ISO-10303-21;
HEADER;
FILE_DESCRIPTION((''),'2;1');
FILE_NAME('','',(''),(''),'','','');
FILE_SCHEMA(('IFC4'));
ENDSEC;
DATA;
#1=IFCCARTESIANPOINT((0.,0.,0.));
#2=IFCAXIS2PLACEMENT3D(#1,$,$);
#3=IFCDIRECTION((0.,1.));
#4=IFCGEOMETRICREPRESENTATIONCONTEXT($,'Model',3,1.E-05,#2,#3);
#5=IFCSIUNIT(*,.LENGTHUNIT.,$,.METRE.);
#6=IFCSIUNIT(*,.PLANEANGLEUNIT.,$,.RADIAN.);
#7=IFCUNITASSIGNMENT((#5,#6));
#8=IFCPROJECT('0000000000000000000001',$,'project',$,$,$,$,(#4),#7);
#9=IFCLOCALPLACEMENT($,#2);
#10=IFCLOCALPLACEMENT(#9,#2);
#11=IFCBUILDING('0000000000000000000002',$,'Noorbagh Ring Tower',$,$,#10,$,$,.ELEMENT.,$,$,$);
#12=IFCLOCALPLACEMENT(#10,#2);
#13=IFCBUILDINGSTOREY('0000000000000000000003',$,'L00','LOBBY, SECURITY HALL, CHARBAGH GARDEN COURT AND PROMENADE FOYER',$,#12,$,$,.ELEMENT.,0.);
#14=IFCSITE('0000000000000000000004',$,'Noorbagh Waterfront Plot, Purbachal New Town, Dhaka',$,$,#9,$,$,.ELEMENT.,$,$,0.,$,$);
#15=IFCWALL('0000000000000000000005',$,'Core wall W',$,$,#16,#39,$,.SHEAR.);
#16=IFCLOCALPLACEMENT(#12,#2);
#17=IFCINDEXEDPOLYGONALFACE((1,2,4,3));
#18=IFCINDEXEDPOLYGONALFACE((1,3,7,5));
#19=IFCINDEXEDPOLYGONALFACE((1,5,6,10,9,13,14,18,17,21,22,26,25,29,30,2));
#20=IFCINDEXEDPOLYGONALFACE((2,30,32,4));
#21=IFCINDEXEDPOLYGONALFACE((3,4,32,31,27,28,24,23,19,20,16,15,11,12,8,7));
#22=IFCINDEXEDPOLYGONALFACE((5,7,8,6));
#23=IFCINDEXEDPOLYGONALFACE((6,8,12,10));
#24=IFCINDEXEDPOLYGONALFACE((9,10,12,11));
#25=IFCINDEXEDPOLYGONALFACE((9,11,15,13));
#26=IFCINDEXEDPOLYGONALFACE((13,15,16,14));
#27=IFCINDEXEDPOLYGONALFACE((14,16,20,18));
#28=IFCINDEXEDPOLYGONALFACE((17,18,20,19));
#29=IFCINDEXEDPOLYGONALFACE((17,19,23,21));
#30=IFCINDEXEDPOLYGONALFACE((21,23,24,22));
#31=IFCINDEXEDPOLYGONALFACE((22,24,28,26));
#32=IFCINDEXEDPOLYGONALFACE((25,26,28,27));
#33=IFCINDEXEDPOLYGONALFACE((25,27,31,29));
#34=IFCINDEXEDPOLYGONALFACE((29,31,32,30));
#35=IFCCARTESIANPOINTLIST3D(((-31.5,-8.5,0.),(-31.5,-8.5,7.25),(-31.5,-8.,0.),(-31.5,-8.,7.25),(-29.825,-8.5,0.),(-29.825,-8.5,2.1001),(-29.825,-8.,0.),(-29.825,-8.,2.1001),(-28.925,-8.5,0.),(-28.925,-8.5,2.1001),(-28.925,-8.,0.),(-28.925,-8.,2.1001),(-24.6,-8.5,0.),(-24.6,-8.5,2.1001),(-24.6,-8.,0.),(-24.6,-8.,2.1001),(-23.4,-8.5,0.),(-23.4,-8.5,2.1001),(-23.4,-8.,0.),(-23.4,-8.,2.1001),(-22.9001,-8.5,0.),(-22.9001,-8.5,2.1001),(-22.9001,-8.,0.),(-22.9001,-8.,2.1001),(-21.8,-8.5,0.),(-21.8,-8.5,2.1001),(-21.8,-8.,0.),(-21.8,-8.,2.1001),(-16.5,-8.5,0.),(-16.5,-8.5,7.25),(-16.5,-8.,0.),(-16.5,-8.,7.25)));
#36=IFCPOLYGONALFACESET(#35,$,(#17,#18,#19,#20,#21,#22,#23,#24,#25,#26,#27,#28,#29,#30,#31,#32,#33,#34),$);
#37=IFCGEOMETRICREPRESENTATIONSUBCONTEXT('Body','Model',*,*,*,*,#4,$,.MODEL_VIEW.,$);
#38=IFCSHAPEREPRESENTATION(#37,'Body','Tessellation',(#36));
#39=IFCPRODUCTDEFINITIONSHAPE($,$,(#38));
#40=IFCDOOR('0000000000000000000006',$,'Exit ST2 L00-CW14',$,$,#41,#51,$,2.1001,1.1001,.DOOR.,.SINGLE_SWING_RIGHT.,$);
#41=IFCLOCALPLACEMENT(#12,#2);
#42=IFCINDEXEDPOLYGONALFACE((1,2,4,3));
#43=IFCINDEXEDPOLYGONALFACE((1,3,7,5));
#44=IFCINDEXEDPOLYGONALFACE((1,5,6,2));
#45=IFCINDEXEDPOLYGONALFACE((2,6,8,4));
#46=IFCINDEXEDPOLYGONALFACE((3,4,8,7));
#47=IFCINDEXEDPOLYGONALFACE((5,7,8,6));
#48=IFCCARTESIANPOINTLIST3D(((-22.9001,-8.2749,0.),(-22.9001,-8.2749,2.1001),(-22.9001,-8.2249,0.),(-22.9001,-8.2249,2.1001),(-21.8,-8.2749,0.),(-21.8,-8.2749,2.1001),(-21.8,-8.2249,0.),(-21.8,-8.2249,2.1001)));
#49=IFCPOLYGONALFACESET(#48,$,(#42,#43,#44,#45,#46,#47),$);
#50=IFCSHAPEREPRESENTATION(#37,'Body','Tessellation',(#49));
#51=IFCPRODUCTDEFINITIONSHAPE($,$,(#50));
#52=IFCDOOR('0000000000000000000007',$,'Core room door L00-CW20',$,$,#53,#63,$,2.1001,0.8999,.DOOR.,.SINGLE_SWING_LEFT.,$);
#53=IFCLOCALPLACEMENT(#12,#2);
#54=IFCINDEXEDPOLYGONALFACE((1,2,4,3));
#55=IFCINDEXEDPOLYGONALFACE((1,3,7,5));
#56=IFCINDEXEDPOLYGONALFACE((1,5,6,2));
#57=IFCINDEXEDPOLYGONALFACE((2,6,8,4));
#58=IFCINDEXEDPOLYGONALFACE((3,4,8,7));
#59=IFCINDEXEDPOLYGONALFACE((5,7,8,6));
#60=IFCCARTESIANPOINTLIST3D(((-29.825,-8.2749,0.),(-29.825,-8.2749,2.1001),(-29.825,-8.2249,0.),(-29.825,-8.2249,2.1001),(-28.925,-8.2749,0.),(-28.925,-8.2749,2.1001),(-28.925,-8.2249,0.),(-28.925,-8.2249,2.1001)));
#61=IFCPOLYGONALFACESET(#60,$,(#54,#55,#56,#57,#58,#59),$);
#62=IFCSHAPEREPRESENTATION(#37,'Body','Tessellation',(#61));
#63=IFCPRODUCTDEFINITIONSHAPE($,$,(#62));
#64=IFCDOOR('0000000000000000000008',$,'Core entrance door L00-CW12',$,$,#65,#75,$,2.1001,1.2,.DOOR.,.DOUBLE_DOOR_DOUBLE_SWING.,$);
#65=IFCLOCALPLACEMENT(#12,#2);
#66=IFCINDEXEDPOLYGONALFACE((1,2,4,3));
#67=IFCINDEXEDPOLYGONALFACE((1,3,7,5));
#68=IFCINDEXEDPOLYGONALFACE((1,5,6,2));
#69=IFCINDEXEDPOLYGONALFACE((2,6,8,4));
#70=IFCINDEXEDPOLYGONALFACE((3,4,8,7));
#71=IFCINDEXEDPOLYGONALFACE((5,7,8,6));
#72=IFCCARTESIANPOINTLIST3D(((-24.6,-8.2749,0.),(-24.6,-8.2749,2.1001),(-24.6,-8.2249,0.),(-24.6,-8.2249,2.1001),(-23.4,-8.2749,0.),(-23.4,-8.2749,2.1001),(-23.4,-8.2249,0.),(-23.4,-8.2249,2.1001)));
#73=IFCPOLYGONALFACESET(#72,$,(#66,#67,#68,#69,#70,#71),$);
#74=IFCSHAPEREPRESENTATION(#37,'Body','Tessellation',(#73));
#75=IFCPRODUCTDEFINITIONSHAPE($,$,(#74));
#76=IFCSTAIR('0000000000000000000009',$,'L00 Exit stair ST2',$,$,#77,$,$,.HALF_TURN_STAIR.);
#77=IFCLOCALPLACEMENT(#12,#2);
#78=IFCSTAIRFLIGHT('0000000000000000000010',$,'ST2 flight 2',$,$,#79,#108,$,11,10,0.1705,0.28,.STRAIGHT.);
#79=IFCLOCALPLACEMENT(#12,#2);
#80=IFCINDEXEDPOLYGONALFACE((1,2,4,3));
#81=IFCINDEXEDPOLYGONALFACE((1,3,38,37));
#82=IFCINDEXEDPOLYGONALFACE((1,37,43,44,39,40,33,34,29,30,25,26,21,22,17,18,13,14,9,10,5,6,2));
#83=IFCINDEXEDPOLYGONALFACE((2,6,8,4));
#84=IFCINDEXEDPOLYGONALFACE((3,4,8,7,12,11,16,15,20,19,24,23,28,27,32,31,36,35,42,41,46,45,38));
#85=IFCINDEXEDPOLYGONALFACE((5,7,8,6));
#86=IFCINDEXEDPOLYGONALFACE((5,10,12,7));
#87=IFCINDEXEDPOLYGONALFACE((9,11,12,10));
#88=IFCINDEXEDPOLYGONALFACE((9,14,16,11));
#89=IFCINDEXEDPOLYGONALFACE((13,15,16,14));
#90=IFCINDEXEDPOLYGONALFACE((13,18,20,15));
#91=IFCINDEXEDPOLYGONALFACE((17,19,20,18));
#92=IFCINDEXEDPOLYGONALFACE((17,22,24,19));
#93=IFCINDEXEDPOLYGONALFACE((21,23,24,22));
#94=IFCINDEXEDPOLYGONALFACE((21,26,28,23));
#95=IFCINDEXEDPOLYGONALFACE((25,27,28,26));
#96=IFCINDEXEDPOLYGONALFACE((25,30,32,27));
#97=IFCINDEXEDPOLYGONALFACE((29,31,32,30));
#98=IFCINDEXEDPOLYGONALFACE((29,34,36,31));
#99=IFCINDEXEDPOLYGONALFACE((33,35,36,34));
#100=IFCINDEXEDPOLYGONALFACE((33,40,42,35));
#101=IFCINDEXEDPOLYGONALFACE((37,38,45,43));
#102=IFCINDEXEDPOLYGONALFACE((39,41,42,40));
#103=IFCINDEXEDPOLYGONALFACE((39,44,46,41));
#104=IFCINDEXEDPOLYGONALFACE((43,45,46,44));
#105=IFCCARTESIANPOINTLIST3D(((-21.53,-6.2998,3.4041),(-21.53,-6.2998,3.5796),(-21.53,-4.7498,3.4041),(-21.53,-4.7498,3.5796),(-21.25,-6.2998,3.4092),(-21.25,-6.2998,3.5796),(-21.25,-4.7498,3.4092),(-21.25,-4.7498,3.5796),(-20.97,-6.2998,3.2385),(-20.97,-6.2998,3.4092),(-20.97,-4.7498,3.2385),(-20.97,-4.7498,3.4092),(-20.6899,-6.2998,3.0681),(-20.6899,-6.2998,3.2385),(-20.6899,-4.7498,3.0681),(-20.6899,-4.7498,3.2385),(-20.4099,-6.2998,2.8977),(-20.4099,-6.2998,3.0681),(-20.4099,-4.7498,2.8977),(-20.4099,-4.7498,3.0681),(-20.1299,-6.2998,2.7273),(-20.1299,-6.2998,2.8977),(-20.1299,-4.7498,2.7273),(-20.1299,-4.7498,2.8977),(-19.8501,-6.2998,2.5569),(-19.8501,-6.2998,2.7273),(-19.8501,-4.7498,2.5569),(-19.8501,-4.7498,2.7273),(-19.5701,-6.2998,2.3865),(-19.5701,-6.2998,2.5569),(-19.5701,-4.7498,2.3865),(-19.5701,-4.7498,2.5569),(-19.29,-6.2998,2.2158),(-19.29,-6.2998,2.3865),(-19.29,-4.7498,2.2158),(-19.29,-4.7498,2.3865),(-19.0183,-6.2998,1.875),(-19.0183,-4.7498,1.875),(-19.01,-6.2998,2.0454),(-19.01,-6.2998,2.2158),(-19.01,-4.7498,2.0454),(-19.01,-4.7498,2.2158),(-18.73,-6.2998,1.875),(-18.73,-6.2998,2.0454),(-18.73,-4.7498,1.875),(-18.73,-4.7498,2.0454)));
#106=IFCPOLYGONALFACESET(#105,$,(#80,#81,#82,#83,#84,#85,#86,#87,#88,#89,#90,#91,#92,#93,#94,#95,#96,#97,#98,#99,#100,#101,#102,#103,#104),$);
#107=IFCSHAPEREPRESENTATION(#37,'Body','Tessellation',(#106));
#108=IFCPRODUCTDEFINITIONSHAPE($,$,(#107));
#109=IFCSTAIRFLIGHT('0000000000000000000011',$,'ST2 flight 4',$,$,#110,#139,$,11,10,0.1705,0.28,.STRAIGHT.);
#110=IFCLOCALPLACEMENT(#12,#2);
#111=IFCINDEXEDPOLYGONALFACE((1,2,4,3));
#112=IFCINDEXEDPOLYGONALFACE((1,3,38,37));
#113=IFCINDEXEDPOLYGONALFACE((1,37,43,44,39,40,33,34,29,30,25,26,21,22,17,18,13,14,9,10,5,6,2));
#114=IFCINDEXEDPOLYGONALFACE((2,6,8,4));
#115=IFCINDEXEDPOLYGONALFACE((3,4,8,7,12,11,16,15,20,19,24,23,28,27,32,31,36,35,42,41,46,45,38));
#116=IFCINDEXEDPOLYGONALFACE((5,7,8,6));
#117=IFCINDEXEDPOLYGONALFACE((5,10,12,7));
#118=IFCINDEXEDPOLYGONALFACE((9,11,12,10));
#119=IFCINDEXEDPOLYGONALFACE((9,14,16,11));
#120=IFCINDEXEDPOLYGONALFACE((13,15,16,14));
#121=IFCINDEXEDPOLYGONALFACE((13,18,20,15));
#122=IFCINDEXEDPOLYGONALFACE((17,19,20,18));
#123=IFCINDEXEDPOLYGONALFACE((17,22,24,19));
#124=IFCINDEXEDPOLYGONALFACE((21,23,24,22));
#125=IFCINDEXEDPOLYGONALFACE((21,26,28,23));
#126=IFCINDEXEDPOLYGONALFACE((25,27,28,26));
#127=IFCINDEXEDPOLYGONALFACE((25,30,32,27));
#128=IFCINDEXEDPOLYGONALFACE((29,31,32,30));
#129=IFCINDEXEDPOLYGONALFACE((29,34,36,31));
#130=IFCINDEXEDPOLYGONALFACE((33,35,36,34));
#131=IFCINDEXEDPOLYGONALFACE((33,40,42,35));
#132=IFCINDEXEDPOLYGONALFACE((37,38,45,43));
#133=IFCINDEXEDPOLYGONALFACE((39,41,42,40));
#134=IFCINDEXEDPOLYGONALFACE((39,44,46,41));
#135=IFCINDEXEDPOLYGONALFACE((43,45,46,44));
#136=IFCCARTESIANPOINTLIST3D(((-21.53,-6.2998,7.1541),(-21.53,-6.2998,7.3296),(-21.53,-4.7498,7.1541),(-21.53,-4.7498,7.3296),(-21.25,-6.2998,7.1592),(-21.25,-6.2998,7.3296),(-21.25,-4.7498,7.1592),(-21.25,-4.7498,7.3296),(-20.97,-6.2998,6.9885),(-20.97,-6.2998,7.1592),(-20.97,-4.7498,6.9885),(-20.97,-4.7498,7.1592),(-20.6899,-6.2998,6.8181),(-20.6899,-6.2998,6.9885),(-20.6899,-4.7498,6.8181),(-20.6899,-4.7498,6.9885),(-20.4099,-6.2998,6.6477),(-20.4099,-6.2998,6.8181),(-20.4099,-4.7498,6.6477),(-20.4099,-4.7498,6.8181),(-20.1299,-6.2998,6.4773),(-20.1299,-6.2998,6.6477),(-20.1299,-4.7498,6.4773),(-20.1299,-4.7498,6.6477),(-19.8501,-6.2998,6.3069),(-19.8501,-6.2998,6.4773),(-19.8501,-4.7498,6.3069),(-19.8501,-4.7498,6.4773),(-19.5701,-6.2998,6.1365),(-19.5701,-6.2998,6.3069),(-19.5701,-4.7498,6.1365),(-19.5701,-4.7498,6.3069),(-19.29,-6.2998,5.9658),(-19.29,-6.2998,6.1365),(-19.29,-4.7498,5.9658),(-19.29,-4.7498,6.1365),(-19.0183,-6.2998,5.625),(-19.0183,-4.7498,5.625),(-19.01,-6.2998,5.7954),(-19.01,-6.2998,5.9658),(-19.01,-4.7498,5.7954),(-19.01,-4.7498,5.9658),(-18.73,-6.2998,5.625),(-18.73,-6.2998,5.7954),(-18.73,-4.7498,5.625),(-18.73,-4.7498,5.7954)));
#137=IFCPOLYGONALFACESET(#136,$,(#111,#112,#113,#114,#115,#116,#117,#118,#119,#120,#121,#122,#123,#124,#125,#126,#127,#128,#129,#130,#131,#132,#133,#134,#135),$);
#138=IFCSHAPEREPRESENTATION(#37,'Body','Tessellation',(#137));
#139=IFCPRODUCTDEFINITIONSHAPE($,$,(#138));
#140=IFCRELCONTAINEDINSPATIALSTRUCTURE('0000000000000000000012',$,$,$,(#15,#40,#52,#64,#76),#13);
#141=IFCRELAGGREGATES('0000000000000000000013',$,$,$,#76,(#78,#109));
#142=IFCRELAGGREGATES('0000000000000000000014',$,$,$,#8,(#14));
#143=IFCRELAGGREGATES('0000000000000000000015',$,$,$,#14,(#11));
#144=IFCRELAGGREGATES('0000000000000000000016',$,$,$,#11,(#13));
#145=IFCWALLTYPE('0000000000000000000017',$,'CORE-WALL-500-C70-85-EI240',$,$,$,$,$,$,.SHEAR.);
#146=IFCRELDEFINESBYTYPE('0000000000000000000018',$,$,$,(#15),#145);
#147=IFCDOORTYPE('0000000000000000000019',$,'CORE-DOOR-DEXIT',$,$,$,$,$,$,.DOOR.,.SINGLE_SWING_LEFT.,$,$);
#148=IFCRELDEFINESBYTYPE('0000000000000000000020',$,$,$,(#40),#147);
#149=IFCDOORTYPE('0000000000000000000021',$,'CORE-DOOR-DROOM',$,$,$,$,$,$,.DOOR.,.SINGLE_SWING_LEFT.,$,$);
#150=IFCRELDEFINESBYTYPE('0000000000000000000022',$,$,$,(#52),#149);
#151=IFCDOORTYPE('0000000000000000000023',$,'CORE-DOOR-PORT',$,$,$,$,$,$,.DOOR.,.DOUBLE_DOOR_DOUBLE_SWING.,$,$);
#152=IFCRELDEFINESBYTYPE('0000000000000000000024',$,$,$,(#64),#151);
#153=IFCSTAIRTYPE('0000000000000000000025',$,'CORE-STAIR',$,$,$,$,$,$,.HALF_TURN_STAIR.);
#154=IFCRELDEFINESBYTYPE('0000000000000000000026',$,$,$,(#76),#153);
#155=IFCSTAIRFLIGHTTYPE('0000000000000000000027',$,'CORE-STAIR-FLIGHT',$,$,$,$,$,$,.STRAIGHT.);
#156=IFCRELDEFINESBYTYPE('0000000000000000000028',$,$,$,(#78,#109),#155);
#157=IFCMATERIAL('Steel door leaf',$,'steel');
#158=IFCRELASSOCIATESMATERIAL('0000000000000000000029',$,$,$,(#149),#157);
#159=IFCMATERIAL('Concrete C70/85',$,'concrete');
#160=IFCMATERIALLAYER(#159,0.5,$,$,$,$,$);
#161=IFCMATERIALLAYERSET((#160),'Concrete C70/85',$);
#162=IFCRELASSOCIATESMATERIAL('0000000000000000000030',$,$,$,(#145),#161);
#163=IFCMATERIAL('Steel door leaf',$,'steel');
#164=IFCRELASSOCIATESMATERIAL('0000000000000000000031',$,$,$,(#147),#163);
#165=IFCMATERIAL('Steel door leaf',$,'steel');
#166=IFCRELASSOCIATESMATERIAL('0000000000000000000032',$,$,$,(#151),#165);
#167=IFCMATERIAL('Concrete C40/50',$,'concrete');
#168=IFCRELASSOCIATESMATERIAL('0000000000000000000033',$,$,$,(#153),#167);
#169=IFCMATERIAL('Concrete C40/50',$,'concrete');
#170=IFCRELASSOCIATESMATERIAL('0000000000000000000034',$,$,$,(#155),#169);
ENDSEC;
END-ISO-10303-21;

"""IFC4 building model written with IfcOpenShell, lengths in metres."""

from ifc_helpers import new_model, si_unit, direction, frame, frame_2d, origin, place, context, subcontext, project, spatial, polyline, rectangle, outline, extrude, material, layer, layer_set, type_object, element, fill, aggregate, save


model = new_model("IFC4")

# Units and contexts
model_context = context("Model", 3, precision=1e-05, world=origin(), true_north=direction((0.0, 1.0)))
body_context = subcontext(model_context, "Body", "Model", "MODEL_VIEW")
ifc_project = project(units=[si_unit("LENGTHUNIT", "METRE"), si_unit("PLANEANGLEUNIT", "RADIAN")], contexts=[model_context])

# Site, building, storey
site_placement = place(None, origin())
site = spatial("IfcSite", under=ifc_project, at=site_placement, Name="Noorbagh Waterfront Plot, Purbachal New Town, Dhaka", CompositionType="ELEMENT", RefElevation=0.0)
building_placement = place(site_placement, origin())
building = spatial("IfcBuilding", under=site, at=building_placement, Name="Noorbagh Ring Tower", CompositionType="ELEMENT")
storey_placement = place(building_placement, origin())
storey = spatial("IfcBuildingStorey", under=building, at=storey_placement, Name="L00", Description="LOBBY, SECURITY HALL, CHARBAGH GARDEN COURT AND PROMENADE FOYER", CompositionType="ELEMENT", Elevation=0.0)

# Shared definitions
ifc_material_1 = material(Name="Steel door leaf", Category="steel")
door_type_1 = type_object("IfcDoorType", Name="CORE-DOOR-DROOM", OperationType="SINGLE_SWING_LEFT", PredefinedType="DOOR", material=ifc_material_1)

# Wall, openings, doors
ifc_material_2 = material(Name="Concrete C70/85", Category="concrete")
ifc_layer_1 = layer(ifc_material_2, 0.5)
ifc_layer_set_1 = layer_set([ifc_layer_1], Name="Concrete C70/85")
wall_type_1 = type_object("IfcWallType", Name="CORE-WALL-500-C70-85-EI240", PredefinedType="SHEAR", material=ifc_layer_set_1)
wall_1_placement = place(storey_placement, frame((-16.5, -8.25, 0.0), z_axis=(0.0, 0.0, 1.0), x_axis=(-1.0, 0.0, 0.0)))
wall_1 = element("IfcWall", 1, at=wall_1_placement, inside=storey, type_object=wall_type_1, Name="Core wall W", PredefinedType="SHEAR", context=body_context, shape_type="SweptSolid", body=[
    extrude(rectangle(XDim=15.0, YDim=0.5, at=frame_2d((7.5, 0.0))), origin(), (0.0, 0.0, 1.0), 7.25),
])
opening_1_placement = place(wall_1_placement, frame((6.8999, 0.0, 0.0)))
opening_1 = element("IfcOpeningElement", 2, at=opening_1_placement, cuts=wall_1, PredefinedType="OPENING", context=body_context, shape_type="SweptSolid", body=[
    extrude(rectangle(XDim=1.2, YDim=2.1001, at=frame_2d((0.6001, 1.05))), frame((0.0, 0.26, 0.0), z_axis=(0.0, -1.0, 0.0), x_axis=(1.0, 0.0, 0.0)), (0.0, 0.0, 1.0), 0.52),
])
opening_2_placement = place(wall_1_placement, frame((5.3, 0.0, 0.0)))
opening_2 = element("IfcOpeningElement", 3, at=opening_2_placement, cuts=wall_1, PredefinedType="OPENING", context=body_context, shape_type="SweptSolid", body=[
    extrude(rectangle(XDim=1.1001, YDim=2.1001, at=frame_2d((0.55, 1.05))), frame((0.0, 0.26, 0.0), z_axis=(0.0, -1.0, 0.0), x_axis=(1.0, 0.0, 0.0)), (0.0, 0.0, 1.0), 0.52),
])
opening_3_placement = place(wall_1_placement, frame((12.425, 0.0, 0.0)))
opening_3 = element("IfcOpeningElement", 4, at=opening_3_placement, cuts=wall_1, PredefinedType="OPENING", context=body_context, shape_type="SweptSolid", body=[
    extrude(rectangle(XDim=0.8999, YDim=2.1001, at=frame_2d((0.45, 1.05))), frame((0.0, 0.26, 0.0), z_axis=(0.0, -1.0, 0.0), x_axis=(1.0, 0.0, 0.0)), (0.0, 0.0, 1.0), 0.52),
])
ifc_material_3 = material(Name="Steel door leaf", Category="steel")
door_type_2 = type_object("IfcDoorType", Name="CORE-DOOR-DEXIT", OperationType="SINGLE_SWING_LEFT", PredefinedType="DOOR", material=ifc_material_3)
door_1_placement = place(opening_2_placement, origin())
door_1 = element("IfcDoor", 5, at=door_1_placement, inside=storey, type_object=door_type_2, Name="Exit ST2 L00-CW14", OperationType="SINGLE_SWING_RIGHT", OverallHeight=2.1001, OverallWidth=1.1001, PredefinedType="DOOR", context=body_context, shape_type="SweptSolid", body=[
    extrude(rectangle(XDim=1.1001, YDim=2.1001, at=frame_2d((0.55, 1.05))), frame((0.0, 0.0249, 0.0), z_axis=(0.0, -1.0, 0.0), x_axis=(1.0, 0.0, 0.0)), (0.0, 0.0, 1.0), 0.05),
])
fill(opening_2, door_1)
door_2_placement = place(opening_3_placement, origin())
door_2 = element("IfcDoor", 6, at=door_2_placement, inside=storey, type_object=door_type_1, Name="Core room door L00-CW20", OperationType="SINGLE_SWING_LEFT", OverallHeight=2.1001, OverallWidth=0.8999, PredefinedType="DOOR", context=body_context, shape_type="SweptSolid", body=[
    extrude(rectangle(XDim=0.8999, YDim=2.1001, at=frame_2d((0.45, 1.05))), frame((0.0, 0.0249, 0.0), z_axis=(0.0, -1.0, 0.0), x_axis=(1.0, 0.0, 0.0)), (0.0, 0.0, 1.0), 0.05),
])
fill(opening_3, door_2)
ifc_material_4 = material(Name="Steel door leaf", Category="steel")
door_type_3 = type_object("IfcDoorType", Name="CORE-DOOR-PORT", OperationType="DOUBLE_DOOR_DOUBLE_SWING", PredefinedType="DOOR", material=ifc_material_4)
door_3_placement = place(opening_1_placement, origin())
door_3 = element("IfcDoor", 7, at=door_3_placement, inside=storey, type_object=door_type_3, Name="Core entrance door L00-CW12", OperationType="DOUBLE_DOOR_DOUBLE_SWING", OverallHeight=2.1001, OverallWidth=1.2, PredefinedType="DOOR", context=body_context, shape_type="SweptSolid", body=[
    extrude(rectangle(XDim=1.2, YDim=2.1001, at=frame_2d((0.6001, 1.05))), frame((0.0, 0.0249, 0.0), z_axis=(0.0, -1.0, 0.0), x_axis=(1.0, 0.0, 0.0)), (0.0, 0.0, 1.0), 0.05),
])
fill(opening_1, door_3)

# Stair, stair flights
ifc_material_5 = material(Name="Concrete C40/50", Category="concrete")
stair_type = type_object("IfcStairType", Name="CORE-STAIR", PredefinedType="HALF_TURN_STAIR", material=ifc_material_5)
stair_placement = place(storey_placement, origin())
stair = element("IfcStair", 8, at=stair_placement, inside=storey, type_object=stair_type, Name="L00 Exit stair ST2", PredefinedType="HALF_TURN_STAIR")
ifc_material_6 = material(Name="Concrete C40/50", Category="concrete")
stair_flight_type = type_object("IfcStairFlightType", Name="CORE-STAIR-FLIGHT", PredefinedType="STRAIGHT", material=ifc_material_6)
stair_flight_1_placement = place(storey_placement, frame((-18.73, -5.5249, 1.875), z_axis=(0.0, 0.0, 1.0), x_axis=(-1.0, 0.0, 0.0)))
stair_flight_1 = element("IfcStairFlight", 9, at=stair_flight_1_placement, type_object=stair_flight_type, Name="ST2 flight 2", NumberOfRisers=11, NumberOfTreads=10, PredefinedType="STRAIGHT", RiserHeight=0.1705, TreadLength=0.28, context=body_context, shape_type="SweptSolid", body=[
    extrude(outline(polyline([(0.0, 0.0), (0.0, 0.1704), (0.28, 0.1704), (0.28, 0.3408), (0.5601, 0.3408), (0.5601, 0.5115), (0.8401, 0.5115), (0.8401, 0.6819), (1.1201, 0.6819), (1.1201, 0.8523), (1.3999, 0.8523), (1.3999, 1.0227), (1.6799, 1.0227), (1.6799, 1.1931), (1.96, 1.1931), (1.96, 1.3635), (2.24, 1.3635), (2.24, 1.5342), (2.52, 1.5342), (2.52, 1.7046), (2.8, 1.7046), (2.8, 1.875), (2.8, 1.5291), (0.2883, 0.0), (0.0, 0.0)])), frame((0.0, 0.7749, 0.0), z_axis=(0.0, -1.0, 0.0), x_axis=(1.0, 0.0, 0.0)), (0.0, 0.0, 1.0), 1.55),
])
stair_flight_2_placement = place(storey_placement, frame((-18.73, -5.5249, 5.625), z_axis=(0.0, 0.0, 1.0), x_axis=(-1.0, 0.0, 0.0)))
stair_flight_2 = element("IfcStairFlight", 10, at=stair_flight_2_placement, type_object=stair_flight_type, Name="ST2 flight 4", NumberOfRisers=11, NumberOfTreads=10, PredefinedType="STRAIGHT", RiserHeight=0.1705, TreadLength=0.28, context=body_context, shape_type="SweptSolid", body=[
    extrude(outline(polyline([(0.0, 0.0), (0.0, 0.1704), (0.28, 0.1704), (0.28, 0.3408), (0.5601, 0.3408), (0.5601, 0.5115), (0.8401, 0.5115), (0.8401, 0.6819), (1.1201, 0.6819), (1.1201, 0.8523), (1.3999, 0.8523), (1.3999, 1.0227), (1.6799, 1.0227), (1.6799, 1.1931), (1.96, 1.1931), (1.96, 1.3635), (2.24, 1.3635), (2.24, 1.5342), (2.52, 1.5342), (2.52, 1.7046), (2.8, 1.7046), (2.8, 1.875), (2.8, 1.5291), (0.2883, 0.0), (0.0, 0.0)])), frame((0.0, 0.7749, 0.0), z_axis=(0.0, -1.0, 0.0), x_axis=(1.0, 0.0, 0.0)), (0.0, 0.0, 1.0), 1.55),
])
aggregate(stair, [stair_flight_1, stair_flight_2])

save(model, "model.ifc")
